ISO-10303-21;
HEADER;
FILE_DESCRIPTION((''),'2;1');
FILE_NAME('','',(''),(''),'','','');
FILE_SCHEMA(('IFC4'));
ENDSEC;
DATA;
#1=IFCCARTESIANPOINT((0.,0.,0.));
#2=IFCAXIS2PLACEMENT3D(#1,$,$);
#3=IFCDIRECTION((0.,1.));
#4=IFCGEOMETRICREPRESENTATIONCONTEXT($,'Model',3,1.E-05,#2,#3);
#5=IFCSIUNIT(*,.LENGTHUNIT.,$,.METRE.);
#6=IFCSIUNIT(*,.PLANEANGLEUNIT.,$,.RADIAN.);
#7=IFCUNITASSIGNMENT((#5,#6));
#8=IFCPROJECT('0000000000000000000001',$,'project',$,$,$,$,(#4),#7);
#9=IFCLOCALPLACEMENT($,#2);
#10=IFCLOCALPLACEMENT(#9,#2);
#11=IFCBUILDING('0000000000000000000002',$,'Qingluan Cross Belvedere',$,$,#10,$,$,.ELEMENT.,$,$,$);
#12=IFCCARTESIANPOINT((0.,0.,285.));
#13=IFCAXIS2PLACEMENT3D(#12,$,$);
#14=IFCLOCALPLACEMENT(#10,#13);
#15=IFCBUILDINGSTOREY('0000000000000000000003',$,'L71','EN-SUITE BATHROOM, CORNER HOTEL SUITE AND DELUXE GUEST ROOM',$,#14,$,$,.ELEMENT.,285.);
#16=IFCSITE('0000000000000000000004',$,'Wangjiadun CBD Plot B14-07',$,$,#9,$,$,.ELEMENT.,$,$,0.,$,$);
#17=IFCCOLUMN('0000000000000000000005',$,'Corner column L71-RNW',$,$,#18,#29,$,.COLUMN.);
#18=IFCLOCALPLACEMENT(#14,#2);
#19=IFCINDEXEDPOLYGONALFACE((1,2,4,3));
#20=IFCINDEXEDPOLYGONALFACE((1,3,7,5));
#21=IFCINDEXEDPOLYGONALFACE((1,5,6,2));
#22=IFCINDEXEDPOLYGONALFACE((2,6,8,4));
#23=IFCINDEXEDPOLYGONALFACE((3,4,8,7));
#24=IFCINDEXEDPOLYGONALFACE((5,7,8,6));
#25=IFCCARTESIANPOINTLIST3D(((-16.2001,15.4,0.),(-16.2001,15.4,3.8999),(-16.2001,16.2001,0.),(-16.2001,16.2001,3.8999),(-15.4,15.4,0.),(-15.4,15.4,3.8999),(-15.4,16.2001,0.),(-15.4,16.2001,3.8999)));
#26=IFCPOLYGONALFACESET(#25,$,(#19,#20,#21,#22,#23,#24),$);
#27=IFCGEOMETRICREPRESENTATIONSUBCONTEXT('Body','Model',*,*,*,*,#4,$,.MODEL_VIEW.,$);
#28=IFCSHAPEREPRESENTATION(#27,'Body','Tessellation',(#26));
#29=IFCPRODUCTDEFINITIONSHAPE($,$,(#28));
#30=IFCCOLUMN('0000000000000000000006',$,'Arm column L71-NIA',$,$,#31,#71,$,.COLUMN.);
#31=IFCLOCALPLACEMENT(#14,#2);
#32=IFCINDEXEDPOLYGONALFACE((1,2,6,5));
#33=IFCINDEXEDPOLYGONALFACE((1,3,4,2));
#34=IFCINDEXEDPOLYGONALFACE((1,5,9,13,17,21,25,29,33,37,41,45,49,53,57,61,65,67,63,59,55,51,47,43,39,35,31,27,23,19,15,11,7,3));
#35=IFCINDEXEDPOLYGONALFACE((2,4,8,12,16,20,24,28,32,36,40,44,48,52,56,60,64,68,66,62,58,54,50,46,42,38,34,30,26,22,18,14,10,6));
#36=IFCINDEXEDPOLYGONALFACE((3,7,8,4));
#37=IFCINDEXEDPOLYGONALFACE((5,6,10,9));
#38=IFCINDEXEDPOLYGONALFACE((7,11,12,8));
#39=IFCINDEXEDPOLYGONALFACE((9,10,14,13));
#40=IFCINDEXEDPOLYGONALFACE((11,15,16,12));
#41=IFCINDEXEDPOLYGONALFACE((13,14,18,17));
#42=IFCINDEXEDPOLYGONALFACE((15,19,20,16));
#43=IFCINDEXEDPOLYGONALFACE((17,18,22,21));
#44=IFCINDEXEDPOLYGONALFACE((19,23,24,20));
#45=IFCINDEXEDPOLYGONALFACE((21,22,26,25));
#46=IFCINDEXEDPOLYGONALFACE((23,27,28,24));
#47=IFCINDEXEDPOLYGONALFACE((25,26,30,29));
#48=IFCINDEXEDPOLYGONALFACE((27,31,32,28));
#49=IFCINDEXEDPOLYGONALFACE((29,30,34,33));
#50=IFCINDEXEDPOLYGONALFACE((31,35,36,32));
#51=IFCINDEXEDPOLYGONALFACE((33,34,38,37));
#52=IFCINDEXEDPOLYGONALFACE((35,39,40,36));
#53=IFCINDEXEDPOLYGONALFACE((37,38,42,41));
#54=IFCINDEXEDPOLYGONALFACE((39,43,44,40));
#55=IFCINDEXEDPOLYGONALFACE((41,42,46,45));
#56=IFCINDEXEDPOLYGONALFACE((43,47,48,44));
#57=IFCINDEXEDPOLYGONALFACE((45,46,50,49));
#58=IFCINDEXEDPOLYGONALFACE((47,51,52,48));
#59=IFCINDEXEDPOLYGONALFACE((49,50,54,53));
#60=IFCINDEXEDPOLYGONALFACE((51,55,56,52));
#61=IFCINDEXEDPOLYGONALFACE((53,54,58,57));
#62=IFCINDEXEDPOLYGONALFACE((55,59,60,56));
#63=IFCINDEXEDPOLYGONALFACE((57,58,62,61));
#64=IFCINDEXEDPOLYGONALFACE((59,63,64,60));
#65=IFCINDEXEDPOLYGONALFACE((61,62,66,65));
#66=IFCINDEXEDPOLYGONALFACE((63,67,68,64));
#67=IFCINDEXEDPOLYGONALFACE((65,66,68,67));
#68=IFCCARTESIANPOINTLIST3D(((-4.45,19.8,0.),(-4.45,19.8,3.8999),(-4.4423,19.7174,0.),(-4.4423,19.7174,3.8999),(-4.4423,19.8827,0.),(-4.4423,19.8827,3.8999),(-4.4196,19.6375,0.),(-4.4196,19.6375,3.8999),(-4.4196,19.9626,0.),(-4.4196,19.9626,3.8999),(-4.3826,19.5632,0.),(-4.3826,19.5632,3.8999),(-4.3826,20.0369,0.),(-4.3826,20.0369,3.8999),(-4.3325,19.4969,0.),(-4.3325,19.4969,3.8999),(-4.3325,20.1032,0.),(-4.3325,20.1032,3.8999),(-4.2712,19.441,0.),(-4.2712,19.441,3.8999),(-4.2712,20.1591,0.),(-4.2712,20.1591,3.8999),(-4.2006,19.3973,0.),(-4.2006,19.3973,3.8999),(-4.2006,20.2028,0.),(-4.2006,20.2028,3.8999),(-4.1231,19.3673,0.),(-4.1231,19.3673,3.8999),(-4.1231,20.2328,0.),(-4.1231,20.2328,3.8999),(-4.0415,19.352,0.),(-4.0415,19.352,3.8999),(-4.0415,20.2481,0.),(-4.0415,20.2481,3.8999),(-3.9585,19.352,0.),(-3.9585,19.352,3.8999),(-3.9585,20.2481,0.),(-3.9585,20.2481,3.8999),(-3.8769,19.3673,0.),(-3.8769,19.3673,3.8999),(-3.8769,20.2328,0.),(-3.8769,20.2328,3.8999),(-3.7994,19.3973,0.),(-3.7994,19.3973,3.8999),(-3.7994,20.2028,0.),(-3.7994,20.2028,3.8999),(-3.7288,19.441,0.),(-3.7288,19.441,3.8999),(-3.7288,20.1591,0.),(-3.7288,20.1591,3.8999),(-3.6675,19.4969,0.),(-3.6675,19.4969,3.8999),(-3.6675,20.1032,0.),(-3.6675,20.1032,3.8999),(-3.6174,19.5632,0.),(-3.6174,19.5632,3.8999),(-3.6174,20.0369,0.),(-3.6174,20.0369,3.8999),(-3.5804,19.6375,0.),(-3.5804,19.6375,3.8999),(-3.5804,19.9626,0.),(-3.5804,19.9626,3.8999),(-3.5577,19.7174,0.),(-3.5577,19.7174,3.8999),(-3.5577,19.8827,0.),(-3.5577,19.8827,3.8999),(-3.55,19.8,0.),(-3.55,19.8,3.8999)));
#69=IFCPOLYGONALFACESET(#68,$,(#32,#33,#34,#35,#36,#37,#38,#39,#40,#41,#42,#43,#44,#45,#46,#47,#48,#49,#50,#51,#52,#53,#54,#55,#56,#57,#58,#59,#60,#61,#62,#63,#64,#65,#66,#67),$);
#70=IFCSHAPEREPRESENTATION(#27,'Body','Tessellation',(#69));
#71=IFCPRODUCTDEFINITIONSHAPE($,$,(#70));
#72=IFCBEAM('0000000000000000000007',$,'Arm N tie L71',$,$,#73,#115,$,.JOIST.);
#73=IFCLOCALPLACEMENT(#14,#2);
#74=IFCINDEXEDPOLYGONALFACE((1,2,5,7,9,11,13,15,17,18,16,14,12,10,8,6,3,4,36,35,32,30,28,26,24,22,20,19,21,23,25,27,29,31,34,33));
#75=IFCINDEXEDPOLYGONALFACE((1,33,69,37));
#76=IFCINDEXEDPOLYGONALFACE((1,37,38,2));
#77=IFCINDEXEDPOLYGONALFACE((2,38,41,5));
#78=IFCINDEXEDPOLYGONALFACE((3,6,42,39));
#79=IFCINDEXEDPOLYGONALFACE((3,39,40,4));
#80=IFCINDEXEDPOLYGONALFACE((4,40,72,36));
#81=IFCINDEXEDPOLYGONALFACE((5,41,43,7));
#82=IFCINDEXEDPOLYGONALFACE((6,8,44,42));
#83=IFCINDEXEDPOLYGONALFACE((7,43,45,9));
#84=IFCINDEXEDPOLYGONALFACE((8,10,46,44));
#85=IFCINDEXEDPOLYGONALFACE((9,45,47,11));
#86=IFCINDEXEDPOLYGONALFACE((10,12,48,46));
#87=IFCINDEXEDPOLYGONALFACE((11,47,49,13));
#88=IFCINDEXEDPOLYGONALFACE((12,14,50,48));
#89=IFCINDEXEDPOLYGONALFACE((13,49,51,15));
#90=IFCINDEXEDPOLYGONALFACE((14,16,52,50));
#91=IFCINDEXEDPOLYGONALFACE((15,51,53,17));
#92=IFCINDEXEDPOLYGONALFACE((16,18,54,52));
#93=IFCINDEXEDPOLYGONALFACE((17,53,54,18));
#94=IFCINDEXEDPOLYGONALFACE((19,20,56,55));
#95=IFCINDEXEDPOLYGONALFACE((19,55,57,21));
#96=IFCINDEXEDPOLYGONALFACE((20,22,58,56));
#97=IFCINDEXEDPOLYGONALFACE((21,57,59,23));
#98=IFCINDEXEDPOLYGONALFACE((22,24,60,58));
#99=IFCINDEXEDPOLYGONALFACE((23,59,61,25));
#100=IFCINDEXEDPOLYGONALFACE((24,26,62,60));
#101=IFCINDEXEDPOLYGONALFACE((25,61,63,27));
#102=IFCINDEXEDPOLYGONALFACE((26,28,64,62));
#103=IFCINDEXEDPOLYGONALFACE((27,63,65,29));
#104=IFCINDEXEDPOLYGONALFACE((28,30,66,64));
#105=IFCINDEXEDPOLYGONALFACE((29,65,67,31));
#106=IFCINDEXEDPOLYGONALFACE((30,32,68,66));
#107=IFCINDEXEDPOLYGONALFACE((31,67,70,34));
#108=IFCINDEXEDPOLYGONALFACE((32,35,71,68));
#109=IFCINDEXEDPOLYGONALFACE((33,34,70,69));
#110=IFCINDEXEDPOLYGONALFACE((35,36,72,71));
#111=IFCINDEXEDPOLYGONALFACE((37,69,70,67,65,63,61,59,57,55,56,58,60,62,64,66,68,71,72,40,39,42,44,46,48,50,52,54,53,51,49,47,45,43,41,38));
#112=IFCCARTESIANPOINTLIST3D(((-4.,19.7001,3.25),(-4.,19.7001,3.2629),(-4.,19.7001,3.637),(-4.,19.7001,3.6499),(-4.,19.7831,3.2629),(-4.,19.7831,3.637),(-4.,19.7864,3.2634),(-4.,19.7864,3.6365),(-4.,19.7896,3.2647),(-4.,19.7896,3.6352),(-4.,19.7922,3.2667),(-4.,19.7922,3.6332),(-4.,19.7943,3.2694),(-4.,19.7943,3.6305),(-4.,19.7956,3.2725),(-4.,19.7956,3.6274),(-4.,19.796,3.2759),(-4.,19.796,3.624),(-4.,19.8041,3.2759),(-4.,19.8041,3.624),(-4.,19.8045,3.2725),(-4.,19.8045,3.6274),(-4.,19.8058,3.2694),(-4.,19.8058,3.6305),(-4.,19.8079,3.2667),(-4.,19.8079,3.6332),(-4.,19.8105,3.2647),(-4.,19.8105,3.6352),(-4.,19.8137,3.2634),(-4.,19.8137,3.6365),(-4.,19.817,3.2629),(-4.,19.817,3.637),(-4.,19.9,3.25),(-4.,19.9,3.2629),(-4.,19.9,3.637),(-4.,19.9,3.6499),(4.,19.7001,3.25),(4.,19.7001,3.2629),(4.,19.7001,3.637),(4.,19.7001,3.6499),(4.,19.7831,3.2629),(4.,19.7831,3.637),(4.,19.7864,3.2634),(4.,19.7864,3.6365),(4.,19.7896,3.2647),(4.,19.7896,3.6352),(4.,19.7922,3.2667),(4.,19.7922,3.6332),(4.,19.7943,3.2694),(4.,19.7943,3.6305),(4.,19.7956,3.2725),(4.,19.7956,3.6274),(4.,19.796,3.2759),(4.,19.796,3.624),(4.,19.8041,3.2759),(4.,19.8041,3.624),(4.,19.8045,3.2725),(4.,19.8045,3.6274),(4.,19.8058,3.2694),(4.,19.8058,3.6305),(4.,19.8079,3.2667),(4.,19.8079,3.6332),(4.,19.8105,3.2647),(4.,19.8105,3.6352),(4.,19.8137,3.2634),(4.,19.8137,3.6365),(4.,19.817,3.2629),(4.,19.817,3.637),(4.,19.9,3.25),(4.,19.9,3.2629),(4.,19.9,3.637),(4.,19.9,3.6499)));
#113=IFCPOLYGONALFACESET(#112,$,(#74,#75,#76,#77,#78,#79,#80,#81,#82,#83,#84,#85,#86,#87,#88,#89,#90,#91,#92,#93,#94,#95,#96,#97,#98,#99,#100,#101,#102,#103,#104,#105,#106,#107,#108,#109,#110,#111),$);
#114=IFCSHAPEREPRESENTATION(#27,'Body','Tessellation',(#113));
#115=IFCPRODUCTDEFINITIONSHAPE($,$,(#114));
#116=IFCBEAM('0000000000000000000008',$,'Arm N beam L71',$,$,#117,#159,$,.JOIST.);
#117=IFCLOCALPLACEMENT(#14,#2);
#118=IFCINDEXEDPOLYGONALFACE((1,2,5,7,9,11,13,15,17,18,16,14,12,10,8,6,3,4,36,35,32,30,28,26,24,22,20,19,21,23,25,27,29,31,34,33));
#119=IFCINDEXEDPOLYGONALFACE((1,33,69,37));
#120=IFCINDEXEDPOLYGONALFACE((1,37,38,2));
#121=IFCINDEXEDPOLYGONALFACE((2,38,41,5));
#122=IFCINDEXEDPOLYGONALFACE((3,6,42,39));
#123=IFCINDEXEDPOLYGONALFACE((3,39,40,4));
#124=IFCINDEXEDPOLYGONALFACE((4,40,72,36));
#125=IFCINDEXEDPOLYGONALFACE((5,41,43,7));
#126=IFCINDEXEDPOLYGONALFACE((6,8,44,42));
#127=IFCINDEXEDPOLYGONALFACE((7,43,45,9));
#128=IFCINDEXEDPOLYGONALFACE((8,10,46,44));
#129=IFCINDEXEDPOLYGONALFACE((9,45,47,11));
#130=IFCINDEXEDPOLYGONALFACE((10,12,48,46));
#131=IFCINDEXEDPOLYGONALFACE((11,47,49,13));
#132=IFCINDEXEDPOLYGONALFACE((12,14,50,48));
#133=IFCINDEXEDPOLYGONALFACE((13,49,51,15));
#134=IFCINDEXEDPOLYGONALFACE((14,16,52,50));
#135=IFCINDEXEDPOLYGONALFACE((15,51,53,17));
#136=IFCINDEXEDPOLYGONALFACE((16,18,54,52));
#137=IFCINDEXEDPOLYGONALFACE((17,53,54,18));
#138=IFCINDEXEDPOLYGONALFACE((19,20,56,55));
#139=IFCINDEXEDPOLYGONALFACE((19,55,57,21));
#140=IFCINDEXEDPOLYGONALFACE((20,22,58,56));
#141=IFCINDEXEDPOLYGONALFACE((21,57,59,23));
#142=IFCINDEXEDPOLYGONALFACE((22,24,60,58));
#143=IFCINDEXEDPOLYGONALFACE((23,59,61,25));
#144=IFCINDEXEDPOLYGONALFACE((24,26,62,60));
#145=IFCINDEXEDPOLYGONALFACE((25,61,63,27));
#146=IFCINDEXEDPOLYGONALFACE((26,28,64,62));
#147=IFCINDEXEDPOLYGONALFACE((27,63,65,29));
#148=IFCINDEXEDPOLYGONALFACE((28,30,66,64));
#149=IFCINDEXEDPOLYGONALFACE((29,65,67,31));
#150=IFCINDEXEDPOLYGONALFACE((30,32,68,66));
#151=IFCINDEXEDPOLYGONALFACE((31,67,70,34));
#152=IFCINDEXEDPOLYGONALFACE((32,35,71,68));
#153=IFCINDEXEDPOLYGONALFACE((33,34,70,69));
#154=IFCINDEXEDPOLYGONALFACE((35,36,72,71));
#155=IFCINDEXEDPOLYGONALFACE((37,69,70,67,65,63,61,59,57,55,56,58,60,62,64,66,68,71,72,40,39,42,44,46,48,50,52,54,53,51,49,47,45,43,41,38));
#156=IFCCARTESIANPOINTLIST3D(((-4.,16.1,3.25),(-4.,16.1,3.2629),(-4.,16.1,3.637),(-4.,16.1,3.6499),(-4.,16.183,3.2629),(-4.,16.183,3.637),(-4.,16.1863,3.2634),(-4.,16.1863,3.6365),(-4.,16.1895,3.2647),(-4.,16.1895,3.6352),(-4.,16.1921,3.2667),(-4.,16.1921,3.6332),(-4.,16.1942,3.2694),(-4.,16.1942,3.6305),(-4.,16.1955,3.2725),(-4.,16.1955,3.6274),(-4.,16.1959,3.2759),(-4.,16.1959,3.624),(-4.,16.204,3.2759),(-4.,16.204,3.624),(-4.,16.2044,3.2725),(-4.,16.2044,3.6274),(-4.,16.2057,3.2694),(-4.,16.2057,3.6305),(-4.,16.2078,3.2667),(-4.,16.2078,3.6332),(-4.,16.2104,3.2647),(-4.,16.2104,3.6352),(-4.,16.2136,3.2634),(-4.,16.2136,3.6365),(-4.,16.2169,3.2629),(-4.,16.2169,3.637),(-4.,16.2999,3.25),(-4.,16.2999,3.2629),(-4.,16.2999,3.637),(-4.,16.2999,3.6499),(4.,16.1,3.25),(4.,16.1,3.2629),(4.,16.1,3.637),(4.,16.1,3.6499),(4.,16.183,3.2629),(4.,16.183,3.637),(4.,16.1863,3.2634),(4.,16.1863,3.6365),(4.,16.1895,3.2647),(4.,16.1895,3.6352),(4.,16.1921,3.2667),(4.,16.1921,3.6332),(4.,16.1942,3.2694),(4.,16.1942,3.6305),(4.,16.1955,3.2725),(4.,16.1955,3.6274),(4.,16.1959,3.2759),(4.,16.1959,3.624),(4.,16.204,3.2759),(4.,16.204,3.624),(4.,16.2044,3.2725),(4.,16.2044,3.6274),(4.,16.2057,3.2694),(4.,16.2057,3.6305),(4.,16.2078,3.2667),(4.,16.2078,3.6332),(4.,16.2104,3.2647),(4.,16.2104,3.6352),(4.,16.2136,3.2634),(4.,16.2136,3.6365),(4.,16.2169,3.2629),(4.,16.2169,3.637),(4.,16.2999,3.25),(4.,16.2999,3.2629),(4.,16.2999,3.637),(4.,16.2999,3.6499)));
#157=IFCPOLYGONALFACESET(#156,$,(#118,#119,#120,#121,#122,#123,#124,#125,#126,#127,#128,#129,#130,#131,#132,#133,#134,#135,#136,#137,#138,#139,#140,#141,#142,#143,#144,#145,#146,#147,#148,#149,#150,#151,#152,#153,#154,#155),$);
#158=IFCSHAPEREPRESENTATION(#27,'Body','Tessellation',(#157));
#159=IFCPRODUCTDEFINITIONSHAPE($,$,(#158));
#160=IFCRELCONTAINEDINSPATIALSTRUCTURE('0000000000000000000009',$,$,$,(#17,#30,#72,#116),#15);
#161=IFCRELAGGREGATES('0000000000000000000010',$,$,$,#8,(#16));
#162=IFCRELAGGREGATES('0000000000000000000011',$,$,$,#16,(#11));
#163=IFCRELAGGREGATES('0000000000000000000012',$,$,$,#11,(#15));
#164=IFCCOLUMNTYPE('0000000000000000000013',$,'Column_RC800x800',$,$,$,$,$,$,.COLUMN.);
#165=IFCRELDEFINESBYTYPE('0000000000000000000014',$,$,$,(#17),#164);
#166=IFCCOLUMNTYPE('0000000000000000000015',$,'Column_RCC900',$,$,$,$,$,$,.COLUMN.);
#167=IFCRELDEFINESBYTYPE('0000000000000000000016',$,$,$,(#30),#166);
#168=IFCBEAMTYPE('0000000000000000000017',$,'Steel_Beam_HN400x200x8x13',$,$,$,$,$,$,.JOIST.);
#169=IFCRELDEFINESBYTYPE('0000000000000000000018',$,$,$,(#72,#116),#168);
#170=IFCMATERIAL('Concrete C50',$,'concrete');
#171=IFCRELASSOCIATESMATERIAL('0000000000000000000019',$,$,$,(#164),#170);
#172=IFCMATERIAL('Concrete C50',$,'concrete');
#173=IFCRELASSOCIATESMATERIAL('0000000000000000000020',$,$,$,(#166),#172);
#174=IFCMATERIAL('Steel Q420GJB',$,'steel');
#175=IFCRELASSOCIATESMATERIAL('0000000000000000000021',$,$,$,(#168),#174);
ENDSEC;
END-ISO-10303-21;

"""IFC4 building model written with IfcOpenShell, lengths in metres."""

from ifc_helpers import new_model, si_unit, direction, frame, origin, origin_2d, place, context, subcontext, project, spatial, rectangle, circle, i_section, extrude, material, material_profile, profile_set, type_object, element, save


model = new_model("IFC4")

# Units and contexts
model_context = context("Model", 3, precision=1e-05, world=origin(), true_north=direction((0.0, 1.0)))
body_context = subcontext(model_context, "Body", "Model", "MODEL_VIEW")
ifc_project = project(units=[si_unit("LENGTHUNIT", "METRE"), si_unit("PLANEANGLEUNIT", "RADIAN")], contexts=[model_context])

# Site, building, storey
site_placement = place(None, origin())
site = spatial("IfcSite", under=ifc_project, at=site_placement, Name="Wangjiadun CBD Plot B14-07", CompositionType="ELEMENT", RefElevation=0.0)
building_placement = place(site_placement, origin())
building = spatial("IfcBuilding", under=site, at=building_placement, Name="Qingluan Cross Belvedere", CompositionType="ELEMENT")
storey_placement = place(building_placement, frame((0.0, 0.0, 285.0)))
storey = spatial("IfcBuildingStorey", under=building, at=storey_placement, Name="L71", Description="EN-SUITE BATHROOM, CORNER HOTEL SUITE AND DELUXE GUEST ROOM", CompositionType="ELEMENT", Elevation=285.0)

# Columns
ifc_material_1 = material(Name="Concrete C50", Category="concrete")
ifc_material_profile_1 = material_profile(ifc_material_1, rectangle(XDim=0.8, YDim=0.8, at=origin_2d()), Name="RC800x800")
ifc_profile_set_1 = profile_set([ifc_material_profile_1], Name="Concrete C50")
column_type_1 = type_object("IfcColumnType", Name="Column_RC800x800", PredefinedType="COLUMN", material=ifc_profile_set_1)
column_1_placement = place(storey_placement, frame((-15.8, 15.8, 0.0), z_axis=(0.0, 0.0, 1.0), x_axis=(1.0, 0.0, 0.0)))
element("IfcColumn", 1, at=column_1_placement, inside=storey, type_object=column_type_1, Name="Corner column L71-RNW", PredefinedType="COLUMN", context=body_context, shape_type="SweptSolid", body=[
    extrude(rectangle(XDim=0.8, YDim=0.8, at=origin_2d()), origin(), (0.0, 0.0, 1.0), 3.8999),
])
ifc_material_2 = material(Name="Concrete C50", Category="concrete")
ifc_material_profile_2 = material_profile(ifc_material_2, circle(Radius=0.45, at=origin_2d()), Name="RCC900")
ifc_profile_set_2 = profile_set([ifc_material_profile_2], Name="Concrete C50")
column_type_2 = type_object("IfcColumnType", Name="Column_RCC900", PredefinedType="COLUMN", material=ifc_profile_set_2)
column_2_placement = place(storey_placement, frame((-4.0, 19.8, 0.0), z_axis=(0.0, 0.0, 1.0), x_axis=(1.0, 0.0, 0.0)))
element("IfcColumn", 2, at=column_2_placement, inside=storey, type_object=column_type_2, Name="Arm column L71-NIA", PredefinedType="COLUMN", context=body_context, shape_type="SweptSolid", body=[
    extrude(circle(Radius=0.45, at=origin_2d()), origin(), (0.0, 0.0, 1.0), 3.8999),
])

# Beams
ifc_material_3 = material(Name="Steel Q420GJB", Category="steel")
ifc_material_profile_3 = material_profile(ifc_material_3, i_section(OverallWidth=0.2, OverallDepth=0.3999, WebThickness=0.0081, FlangeThickness=0.0129, FilletRadius=0.0129, at=origin_2d()), Name="HN400x200x8x13")
ifc_profile_set_3 = profile_set([ifc_material_profile_3], Name="Steel Q420GJB")
beam_type_1 = type_object("IfcBeamType", Name="Steel_Beam_HN400x200x8x13", PredefinedType="JOIST", material=ifc_profile_set_3)
for number, where, z_axis, x_axis, name in (
    (3, (-4.0, 19.8, 3.45), (1.0, 0.0, 0.0), (0.0, 1.0, 0.0), "Arm N tie L71"),
    (4, (-4.0, 16.2, 3.45), (1.0, 0.0, 0.0), (0.0, 1.0, 0.0), "Arm N beam L71"),
):
    element("IfcBeam", number, at=place(storey_placement, frame(where, z_axis=z_axis, x_axis=x_axis)), inside=storey, type_object=beam_type_1, Name=name, PredefinedType="JOIST", context=body_context, shape_type="SweptSolid", body=[
        extrude(i_section(OverallWidth=0.2, OverallDepth=0.3999, WebThickness=0.0081, FlangeThickness=0.0129, FilletRadius=0.0129, at=origin_2d()), origin(), (0.0, 0.0, 1.0), 8.0),
    ])

save(model, "model.ifc")
